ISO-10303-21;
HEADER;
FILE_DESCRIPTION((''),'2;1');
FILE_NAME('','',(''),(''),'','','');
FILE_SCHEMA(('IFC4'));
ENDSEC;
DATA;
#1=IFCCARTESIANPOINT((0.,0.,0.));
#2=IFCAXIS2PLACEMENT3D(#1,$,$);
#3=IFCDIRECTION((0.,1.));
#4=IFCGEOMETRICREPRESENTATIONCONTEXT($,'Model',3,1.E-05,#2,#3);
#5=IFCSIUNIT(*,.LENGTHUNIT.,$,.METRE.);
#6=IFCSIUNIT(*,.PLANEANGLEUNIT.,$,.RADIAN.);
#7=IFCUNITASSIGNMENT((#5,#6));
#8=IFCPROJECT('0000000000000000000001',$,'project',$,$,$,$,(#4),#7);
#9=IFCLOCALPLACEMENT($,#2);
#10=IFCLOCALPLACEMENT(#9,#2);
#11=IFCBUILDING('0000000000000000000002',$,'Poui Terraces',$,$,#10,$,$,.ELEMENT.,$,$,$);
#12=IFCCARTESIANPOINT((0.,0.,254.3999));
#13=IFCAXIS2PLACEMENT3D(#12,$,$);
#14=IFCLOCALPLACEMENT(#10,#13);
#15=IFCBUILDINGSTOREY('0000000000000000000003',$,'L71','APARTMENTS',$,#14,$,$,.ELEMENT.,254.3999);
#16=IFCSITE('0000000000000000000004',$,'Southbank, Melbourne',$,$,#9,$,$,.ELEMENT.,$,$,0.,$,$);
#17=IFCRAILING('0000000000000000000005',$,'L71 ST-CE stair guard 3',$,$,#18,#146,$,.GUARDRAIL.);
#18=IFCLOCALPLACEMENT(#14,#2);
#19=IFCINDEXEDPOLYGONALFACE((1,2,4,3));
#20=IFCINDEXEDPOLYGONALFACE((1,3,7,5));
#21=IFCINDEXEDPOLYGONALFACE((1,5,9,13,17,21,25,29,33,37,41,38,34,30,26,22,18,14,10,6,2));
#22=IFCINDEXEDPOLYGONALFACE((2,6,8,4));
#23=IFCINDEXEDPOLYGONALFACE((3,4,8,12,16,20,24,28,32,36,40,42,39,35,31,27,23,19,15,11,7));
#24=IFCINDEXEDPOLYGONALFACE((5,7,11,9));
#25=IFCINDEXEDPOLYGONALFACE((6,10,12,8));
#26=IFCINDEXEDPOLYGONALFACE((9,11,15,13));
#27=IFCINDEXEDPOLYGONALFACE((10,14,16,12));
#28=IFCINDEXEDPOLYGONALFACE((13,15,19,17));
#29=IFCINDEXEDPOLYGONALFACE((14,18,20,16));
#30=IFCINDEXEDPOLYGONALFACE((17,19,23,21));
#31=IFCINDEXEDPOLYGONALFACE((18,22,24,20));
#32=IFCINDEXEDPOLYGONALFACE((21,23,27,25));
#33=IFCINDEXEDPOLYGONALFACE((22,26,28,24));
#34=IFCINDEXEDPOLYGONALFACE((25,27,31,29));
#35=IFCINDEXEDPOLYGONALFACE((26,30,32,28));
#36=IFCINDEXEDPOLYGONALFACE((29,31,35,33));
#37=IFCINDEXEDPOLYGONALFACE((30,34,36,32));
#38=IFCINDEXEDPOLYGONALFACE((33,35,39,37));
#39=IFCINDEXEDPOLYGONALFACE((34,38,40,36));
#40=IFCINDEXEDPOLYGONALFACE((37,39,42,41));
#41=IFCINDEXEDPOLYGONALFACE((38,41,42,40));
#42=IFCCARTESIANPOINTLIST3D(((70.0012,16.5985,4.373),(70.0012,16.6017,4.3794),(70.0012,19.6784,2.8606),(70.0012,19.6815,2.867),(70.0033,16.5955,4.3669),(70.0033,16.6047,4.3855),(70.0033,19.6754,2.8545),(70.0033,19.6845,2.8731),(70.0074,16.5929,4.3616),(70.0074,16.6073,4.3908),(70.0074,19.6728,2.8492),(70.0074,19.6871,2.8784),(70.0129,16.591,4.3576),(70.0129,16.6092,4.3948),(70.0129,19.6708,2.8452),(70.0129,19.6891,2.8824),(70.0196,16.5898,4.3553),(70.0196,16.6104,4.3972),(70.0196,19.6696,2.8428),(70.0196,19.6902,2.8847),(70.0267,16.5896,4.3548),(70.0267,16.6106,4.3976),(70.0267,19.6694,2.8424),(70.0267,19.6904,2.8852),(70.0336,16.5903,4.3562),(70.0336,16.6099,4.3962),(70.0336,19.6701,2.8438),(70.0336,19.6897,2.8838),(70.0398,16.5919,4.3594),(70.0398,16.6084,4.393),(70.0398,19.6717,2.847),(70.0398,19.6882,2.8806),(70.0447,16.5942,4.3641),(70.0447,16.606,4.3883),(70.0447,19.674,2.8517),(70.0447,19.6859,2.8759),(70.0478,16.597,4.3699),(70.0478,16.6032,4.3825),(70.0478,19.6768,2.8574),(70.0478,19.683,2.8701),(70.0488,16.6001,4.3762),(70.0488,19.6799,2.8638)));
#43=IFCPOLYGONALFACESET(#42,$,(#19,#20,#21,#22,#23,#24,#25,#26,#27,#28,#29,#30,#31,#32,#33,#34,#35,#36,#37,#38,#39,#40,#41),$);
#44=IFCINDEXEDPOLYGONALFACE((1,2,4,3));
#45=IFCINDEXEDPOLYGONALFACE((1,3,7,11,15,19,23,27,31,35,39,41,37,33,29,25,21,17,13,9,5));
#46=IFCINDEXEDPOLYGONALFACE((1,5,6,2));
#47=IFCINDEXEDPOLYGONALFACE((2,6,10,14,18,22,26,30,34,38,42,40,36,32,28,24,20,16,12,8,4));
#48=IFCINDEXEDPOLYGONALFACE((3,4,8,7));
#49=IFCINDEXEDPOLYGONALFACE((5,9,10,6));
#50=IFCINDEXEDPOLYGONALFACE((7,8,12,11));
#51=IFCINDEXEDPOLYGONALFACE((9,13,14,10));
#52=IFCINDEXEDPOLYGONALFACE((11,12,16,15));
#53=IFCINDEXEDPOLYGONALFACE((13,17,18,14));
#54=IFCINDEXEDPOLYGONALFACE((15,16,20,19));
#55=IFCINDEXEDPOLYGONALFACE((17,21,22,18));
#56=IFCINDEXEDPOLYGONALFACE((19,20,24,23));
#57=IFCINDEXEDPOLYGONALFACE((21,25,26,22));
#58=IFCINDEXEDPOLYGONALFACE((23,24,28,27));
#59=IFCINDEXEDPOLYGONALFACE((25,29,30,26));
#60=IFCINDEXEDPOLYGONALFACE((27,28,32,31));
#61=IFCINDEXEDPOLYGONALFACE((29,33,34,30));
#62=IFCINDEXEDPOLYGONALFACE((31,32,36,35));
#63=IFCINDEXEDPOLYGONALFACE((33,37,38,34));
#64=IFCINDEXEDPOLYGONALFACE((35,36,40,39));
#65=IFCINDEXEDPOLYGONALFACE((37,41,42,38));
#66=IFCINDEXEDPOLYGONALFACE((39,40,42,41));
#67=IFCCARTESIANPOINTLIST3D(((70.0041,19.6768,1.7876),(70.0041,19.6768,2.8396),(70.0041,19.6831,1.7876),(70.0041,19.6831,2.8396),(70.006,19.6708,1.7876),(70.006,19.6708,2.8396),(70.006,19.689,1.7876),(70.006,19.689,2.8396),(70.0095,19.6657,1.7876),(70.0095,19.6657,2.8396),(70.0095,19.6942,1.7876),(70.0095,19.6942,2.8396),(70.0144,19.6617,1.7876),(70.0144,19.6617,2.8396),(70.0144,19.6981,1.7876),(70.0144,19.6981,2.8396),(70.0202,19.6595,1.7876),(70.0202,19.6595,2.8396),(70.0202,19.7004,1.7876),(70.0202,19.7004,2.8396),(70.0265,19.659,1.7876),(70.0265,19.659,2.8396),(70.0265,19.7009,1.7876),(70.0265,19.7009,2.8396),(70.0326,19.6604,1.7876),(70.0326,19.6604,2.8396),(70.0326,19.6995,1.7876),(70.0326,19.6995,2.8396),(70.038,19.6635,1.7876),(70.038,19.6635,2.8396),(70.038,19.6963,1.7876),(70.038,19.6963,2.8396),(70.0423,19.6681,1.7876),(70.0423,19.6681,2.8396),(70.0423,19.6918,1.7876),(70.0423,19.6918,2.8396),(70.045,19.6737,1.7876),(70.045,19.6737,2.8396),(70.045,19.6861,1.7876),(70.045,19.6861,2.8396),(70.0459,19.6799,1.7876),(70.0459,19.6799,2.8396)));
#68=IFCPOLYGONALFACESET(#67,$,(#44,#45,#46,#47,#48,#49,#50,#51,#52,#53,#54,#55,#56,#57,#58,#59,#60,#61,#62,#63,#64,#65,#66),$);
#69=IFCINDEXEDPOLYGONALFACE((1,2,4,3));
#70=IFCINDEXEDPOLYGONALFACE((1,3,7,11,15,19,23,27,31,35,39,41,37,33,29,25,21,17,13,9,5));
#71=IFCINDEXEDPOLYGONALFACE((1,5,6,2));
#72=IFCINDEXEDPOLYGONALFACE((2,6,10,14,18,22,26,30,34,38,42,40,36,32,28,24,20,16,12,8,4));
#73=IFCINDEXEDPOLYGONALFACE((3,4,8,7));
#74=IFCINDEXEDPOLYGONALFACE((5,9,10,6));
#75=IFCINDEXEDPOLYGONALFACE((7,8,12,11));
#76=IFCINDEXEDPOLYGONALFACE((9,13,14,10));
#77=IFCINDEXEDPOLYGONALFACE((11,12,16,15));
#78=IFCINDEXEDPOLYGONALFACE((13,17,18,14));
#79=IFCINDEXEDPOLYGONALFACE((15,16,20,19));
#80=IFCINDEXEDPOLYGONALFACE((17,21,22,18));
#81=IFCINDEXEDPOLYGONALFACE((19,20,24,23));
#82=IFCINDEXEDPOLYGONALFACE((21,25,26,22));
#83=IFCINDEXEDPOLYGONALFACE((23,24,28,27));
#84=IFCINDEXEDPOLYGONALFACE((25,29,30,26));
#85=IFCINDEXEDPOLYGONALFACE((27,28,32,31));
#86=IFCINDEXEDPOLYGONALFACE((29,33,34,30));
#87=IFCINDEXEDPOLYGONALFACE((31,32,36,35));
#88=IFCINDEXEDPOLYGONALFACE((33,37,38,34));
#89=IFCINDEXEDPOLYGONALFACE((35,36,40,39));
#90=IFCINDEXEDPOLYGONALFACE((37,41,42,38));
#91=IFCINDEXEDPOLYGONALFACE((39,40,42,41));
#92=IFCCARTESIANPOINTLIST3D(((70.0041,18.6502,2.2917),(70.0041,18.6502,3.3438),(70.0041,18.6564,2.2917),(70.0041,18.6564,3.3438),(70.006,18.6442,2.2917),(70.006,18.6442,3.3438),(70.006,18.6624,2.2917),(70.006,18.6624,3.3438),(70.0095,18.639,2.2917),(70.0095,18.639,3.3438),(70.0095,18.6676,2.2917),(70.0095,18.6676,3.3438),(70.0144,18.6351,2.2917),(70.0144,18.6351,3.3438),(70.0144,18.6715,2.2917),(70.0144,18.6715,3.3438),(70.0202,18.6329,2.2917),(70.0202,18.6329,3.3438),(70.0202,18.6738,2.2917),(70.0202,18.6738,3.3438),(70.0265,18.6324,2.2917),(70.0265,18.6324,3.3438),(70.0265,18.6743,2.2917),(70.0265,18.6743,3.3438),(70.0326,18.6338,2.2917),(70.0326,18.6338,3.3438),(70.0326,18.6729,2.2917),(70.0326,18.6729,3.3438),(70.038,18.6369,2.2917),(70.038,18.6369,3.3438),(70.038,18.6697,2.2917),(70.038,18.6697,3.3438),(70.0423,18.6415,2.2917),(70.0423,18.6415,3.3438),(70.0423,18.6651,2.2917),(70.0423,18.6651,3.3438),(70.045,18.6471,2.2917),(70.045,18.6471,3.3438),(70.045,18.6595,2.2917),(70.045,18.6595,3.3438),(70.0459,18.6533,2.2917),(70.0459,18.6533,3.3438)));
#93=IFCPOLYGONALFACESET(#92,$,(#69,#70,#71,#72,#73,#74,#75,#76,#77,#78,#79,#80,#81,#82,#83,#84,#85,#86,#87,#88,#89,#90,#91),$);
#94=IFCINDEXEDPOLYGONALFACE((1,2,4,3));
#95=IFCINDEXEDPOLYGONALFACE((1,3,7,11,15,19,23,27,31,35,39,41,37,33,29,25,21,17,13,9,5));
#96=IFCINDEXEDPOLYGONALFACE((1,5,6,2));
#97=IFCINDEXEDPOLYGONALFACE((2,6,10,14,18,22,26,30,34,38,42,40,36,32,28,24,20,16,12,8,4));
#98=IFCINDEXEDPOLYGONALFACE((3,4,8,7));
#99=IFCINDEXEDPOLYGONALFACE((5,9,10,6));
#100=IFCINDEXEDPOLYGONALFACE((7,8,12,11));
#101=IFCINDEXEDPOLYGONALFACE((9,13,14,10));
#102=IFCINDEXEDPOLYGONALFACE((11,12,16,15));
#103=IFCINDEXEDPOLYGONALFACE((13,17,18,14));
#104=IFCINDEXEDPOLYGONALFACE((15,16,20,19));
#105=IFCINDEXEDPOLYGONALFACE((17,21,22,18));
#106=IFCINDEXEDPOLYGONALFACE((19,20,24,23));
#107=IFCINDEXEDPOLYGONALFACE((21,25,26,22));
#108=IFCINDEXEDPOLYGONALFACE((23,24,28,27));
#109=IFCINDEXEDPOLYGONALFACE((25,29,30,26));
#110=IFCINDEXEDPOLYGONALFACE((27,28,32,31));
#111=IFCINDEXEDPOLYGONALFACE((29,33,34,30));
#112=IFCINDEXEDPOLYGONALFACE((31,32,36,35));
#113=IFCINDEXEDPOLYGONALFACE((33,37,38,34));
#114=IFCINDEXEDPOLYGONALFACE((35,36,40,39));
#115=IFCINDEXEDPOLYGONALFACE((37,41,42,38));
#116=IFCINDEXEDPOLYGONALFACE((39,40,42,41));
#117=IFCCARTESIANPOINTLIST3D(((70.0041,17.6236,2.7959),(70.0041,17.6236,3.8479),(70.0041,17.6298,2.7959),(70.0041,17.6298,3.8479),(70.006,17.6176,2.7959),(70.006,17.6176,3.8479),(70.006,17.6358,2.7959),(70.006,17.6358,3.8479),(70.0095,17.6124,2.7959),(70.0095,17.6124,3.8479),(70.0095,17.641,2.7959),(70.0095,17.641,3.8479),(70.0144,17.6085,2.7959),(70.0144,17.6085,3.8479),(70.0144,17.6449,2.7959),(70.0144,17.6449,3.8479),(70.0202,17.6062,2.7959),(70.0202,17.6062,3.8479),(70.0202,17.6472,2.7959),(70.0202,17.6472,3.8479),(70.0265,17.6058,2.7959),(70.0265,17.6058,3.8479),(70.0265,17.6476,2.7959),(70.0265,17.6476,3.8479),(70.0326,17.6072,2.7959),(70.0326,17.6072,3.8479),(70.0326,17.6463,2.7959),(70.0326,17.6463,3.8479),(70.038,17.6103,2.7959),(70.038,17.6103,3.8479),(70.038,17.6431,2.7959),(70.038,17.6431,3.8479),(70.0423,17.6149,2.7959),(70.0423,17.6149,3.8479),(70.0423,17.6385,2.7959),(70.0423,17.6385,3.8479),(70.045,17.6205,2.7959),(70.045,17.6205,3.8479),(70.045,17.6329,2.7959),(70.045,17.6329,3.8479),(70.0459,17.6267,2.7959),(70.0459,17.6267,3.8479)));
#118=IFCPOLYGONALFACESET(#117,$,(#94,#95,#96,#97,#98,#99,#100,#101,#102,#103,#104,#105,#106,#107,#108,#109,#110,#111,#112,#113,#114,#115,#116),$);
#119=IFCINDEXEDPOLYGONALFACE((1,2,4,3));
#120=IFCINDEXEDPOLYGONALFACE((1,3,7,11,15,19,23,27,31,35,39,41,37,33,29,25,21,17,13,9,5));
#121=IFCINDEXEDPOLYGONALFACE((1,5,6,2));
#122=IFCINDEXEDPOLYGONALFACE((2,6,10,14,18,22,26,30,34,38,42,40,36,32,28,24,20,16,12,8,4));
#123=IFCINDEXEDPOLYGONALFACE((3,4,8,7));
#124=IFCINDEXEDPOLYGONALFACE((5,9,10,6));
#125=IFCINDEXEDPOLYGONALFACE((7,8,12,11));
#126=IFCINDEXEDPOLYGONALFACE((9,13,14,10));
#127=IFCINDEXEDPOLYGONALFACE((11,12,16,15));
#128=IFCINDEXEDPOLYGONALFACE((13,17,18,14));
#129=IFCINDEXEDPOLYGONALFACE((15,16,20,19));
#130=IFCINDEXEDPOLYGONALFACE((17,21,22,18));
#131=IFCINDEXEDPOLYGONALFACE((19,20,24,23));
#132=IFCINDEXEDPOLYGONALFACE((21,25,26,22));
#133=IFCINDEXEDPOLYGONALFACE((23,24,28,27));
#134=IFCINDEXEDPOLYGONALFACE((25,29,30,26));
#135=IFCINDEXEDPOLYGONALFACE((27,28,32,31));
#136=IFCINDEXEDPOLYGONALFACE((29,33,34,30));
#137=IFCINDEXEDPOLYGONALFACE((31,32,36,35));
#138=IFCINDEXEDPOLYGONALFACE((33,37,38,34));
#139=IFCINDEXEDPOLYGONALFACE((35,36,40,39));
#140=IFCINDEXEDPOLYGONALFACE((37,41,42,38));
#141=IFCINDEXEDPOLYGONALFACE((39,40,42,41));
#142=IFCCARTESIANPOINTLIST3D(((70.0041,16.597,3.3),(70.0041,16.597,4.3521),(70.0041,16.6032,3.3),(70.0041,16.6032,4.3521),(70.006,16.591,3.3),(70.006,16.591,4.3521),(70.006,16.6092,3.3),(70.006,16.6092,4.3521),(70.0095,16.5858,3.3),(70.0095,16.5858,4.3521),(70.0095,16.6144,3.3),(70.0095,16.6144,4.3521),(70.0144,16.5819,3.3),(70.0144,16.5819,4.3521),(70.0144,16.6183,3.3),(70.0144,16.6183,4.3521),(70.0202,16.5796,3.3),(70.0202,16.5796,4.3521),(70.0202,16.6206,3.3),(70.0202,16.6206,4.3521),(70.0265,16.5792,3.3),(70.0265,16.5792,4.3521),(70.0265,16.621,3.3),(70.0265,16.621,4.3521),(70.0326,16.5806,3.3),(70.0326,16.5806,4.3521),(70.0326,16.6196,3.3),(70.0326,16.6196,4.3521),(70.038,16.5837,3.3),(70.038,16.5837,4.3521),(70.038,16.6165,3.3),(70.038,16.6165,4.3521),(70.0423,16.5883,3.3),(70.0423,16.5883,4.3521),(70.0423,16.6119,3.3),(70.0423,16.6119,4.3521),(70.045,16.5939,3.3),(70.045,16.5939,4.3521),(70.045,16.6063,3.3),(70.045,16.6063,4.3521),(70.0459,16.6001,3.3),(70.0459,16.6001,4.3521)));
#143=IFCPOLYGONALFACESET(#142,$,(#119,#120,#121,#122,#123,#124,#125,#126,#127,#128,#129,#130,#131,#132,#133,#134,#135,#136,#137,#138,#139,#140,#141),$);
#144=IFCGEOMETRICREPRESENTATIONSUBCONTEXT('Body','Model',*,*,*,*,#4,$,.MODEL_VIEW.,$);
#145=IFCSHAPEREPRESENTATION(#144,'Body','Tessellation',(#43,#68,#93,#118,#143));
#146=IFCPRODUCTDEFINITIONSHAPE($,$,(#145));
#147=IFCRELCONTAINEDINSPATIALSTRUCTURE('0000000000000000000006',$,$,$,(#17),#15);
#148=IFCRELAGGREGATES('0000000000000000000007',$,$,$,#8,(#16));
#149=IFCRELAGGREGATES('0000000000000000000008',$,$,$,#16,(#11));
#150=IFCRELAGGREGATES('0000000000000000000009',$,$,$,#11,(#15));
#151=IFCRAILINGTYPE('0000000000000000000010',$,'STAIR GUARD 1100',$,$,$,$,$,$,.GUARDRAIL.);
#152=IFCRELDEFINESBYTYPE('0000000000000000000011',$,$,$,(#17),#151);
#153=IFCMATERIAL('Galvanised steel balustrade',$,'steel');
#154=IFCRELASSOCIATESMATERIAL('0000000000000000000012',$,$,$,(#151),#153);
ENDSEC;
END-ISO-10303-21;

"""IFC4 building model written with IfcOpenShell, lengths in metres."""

from ifc_helpers import new_model, si_unit, direction, frame, origin, origin_2d, place, context, subcontext, project, spatial, circle, extrude, material, type_object, element, save


model = new_model("IFC4")

# Units and contexts
model_context = context("Model", 3, precision=1e-05, world=origin(), true_north=direction((0.0, 1.0)))
body_context = subcontext(model_context, "Body", "Model", "MODEL_VIEW")
ifc_project = project(units=[si_unit("LENGTHUNIT", "METRE"), si_unit("PLANEANGLEUNIT", "RADIAN")], contexts=[model_context])

# Site, building, storey
site_placement = place(None, origin())
site = spatial("IfcSite", under=ifc_project, at=site_placement, Name="Southbank, Melbourne", CompositionType="ELEMENT", RefElevation=0.0)
building_placement = place(site_placement, origin())
building = spatial("IfcBuilding", under=site, at=building_placement, Name="Poui Terraces", CompositionType="ELEMENT")
storey_placement = place(building_placement, frame((0.0, 0.0, 254.3999)))
storey = spatial("IfcBuildingStorey", under=building, at=storey_placement, Name="L71", Description="APARTMENTS", CompositionType="ELEMENT", Elevation=254.3999)

# Railing
ifc_material_1 = material(Name="Galvanised steel balustrade", Category="steel")
railing_type_1 = type_object("IfcRailingType", Name="STAIR GUARD 1100", PredefinedType="GUARDRAIL", material=ifc_material_1)
railing_1_placement = place(storey_placement, frame((70.0249, 19.6799, 1.7876)))
element("IfcRailing", 1, at=railing_1_placement, inside=storey, type_object=railing_type_1, Name="L71 ST-CE stair guard 3", PredefinedType="GUARDRAIL", context=body_context, shape_type="SweptSolid", body=[
    extrude(circle(Radius=0.0239, at=origin_2d()), frame((0.0, 0.0, 1.0762), z_axis=(0.0, -0.897606, 0.440798), x_axis=(1.0, 0.0, 0.0)), (0.0, 0.0, 1.0), 3.4312),
    extrude(circle(Radius=0.021, at=origin_2d()), origin(), (0.0, 0.0, 1.0), 1.052),
    extrude(circle(Radius=0.021, at=origin_2d()), frame((0.0, -1.0266, 0.5042)), (0.0, 0.0, 1.0), 1.052),
    extrude(circle(Radius=0.021, at=origin_2d()), frame((0.0, -2.0532, 1.0083)), (0.0, 0.0, 1.0), 1.052),
    extrude(circle(Radius=0.021, at=origin_2d()), frame((0.0, -3.0798, 1.5125)), (0.0, 0.0, 1.0), 1.052),
])

save(model, "model.ifc")
